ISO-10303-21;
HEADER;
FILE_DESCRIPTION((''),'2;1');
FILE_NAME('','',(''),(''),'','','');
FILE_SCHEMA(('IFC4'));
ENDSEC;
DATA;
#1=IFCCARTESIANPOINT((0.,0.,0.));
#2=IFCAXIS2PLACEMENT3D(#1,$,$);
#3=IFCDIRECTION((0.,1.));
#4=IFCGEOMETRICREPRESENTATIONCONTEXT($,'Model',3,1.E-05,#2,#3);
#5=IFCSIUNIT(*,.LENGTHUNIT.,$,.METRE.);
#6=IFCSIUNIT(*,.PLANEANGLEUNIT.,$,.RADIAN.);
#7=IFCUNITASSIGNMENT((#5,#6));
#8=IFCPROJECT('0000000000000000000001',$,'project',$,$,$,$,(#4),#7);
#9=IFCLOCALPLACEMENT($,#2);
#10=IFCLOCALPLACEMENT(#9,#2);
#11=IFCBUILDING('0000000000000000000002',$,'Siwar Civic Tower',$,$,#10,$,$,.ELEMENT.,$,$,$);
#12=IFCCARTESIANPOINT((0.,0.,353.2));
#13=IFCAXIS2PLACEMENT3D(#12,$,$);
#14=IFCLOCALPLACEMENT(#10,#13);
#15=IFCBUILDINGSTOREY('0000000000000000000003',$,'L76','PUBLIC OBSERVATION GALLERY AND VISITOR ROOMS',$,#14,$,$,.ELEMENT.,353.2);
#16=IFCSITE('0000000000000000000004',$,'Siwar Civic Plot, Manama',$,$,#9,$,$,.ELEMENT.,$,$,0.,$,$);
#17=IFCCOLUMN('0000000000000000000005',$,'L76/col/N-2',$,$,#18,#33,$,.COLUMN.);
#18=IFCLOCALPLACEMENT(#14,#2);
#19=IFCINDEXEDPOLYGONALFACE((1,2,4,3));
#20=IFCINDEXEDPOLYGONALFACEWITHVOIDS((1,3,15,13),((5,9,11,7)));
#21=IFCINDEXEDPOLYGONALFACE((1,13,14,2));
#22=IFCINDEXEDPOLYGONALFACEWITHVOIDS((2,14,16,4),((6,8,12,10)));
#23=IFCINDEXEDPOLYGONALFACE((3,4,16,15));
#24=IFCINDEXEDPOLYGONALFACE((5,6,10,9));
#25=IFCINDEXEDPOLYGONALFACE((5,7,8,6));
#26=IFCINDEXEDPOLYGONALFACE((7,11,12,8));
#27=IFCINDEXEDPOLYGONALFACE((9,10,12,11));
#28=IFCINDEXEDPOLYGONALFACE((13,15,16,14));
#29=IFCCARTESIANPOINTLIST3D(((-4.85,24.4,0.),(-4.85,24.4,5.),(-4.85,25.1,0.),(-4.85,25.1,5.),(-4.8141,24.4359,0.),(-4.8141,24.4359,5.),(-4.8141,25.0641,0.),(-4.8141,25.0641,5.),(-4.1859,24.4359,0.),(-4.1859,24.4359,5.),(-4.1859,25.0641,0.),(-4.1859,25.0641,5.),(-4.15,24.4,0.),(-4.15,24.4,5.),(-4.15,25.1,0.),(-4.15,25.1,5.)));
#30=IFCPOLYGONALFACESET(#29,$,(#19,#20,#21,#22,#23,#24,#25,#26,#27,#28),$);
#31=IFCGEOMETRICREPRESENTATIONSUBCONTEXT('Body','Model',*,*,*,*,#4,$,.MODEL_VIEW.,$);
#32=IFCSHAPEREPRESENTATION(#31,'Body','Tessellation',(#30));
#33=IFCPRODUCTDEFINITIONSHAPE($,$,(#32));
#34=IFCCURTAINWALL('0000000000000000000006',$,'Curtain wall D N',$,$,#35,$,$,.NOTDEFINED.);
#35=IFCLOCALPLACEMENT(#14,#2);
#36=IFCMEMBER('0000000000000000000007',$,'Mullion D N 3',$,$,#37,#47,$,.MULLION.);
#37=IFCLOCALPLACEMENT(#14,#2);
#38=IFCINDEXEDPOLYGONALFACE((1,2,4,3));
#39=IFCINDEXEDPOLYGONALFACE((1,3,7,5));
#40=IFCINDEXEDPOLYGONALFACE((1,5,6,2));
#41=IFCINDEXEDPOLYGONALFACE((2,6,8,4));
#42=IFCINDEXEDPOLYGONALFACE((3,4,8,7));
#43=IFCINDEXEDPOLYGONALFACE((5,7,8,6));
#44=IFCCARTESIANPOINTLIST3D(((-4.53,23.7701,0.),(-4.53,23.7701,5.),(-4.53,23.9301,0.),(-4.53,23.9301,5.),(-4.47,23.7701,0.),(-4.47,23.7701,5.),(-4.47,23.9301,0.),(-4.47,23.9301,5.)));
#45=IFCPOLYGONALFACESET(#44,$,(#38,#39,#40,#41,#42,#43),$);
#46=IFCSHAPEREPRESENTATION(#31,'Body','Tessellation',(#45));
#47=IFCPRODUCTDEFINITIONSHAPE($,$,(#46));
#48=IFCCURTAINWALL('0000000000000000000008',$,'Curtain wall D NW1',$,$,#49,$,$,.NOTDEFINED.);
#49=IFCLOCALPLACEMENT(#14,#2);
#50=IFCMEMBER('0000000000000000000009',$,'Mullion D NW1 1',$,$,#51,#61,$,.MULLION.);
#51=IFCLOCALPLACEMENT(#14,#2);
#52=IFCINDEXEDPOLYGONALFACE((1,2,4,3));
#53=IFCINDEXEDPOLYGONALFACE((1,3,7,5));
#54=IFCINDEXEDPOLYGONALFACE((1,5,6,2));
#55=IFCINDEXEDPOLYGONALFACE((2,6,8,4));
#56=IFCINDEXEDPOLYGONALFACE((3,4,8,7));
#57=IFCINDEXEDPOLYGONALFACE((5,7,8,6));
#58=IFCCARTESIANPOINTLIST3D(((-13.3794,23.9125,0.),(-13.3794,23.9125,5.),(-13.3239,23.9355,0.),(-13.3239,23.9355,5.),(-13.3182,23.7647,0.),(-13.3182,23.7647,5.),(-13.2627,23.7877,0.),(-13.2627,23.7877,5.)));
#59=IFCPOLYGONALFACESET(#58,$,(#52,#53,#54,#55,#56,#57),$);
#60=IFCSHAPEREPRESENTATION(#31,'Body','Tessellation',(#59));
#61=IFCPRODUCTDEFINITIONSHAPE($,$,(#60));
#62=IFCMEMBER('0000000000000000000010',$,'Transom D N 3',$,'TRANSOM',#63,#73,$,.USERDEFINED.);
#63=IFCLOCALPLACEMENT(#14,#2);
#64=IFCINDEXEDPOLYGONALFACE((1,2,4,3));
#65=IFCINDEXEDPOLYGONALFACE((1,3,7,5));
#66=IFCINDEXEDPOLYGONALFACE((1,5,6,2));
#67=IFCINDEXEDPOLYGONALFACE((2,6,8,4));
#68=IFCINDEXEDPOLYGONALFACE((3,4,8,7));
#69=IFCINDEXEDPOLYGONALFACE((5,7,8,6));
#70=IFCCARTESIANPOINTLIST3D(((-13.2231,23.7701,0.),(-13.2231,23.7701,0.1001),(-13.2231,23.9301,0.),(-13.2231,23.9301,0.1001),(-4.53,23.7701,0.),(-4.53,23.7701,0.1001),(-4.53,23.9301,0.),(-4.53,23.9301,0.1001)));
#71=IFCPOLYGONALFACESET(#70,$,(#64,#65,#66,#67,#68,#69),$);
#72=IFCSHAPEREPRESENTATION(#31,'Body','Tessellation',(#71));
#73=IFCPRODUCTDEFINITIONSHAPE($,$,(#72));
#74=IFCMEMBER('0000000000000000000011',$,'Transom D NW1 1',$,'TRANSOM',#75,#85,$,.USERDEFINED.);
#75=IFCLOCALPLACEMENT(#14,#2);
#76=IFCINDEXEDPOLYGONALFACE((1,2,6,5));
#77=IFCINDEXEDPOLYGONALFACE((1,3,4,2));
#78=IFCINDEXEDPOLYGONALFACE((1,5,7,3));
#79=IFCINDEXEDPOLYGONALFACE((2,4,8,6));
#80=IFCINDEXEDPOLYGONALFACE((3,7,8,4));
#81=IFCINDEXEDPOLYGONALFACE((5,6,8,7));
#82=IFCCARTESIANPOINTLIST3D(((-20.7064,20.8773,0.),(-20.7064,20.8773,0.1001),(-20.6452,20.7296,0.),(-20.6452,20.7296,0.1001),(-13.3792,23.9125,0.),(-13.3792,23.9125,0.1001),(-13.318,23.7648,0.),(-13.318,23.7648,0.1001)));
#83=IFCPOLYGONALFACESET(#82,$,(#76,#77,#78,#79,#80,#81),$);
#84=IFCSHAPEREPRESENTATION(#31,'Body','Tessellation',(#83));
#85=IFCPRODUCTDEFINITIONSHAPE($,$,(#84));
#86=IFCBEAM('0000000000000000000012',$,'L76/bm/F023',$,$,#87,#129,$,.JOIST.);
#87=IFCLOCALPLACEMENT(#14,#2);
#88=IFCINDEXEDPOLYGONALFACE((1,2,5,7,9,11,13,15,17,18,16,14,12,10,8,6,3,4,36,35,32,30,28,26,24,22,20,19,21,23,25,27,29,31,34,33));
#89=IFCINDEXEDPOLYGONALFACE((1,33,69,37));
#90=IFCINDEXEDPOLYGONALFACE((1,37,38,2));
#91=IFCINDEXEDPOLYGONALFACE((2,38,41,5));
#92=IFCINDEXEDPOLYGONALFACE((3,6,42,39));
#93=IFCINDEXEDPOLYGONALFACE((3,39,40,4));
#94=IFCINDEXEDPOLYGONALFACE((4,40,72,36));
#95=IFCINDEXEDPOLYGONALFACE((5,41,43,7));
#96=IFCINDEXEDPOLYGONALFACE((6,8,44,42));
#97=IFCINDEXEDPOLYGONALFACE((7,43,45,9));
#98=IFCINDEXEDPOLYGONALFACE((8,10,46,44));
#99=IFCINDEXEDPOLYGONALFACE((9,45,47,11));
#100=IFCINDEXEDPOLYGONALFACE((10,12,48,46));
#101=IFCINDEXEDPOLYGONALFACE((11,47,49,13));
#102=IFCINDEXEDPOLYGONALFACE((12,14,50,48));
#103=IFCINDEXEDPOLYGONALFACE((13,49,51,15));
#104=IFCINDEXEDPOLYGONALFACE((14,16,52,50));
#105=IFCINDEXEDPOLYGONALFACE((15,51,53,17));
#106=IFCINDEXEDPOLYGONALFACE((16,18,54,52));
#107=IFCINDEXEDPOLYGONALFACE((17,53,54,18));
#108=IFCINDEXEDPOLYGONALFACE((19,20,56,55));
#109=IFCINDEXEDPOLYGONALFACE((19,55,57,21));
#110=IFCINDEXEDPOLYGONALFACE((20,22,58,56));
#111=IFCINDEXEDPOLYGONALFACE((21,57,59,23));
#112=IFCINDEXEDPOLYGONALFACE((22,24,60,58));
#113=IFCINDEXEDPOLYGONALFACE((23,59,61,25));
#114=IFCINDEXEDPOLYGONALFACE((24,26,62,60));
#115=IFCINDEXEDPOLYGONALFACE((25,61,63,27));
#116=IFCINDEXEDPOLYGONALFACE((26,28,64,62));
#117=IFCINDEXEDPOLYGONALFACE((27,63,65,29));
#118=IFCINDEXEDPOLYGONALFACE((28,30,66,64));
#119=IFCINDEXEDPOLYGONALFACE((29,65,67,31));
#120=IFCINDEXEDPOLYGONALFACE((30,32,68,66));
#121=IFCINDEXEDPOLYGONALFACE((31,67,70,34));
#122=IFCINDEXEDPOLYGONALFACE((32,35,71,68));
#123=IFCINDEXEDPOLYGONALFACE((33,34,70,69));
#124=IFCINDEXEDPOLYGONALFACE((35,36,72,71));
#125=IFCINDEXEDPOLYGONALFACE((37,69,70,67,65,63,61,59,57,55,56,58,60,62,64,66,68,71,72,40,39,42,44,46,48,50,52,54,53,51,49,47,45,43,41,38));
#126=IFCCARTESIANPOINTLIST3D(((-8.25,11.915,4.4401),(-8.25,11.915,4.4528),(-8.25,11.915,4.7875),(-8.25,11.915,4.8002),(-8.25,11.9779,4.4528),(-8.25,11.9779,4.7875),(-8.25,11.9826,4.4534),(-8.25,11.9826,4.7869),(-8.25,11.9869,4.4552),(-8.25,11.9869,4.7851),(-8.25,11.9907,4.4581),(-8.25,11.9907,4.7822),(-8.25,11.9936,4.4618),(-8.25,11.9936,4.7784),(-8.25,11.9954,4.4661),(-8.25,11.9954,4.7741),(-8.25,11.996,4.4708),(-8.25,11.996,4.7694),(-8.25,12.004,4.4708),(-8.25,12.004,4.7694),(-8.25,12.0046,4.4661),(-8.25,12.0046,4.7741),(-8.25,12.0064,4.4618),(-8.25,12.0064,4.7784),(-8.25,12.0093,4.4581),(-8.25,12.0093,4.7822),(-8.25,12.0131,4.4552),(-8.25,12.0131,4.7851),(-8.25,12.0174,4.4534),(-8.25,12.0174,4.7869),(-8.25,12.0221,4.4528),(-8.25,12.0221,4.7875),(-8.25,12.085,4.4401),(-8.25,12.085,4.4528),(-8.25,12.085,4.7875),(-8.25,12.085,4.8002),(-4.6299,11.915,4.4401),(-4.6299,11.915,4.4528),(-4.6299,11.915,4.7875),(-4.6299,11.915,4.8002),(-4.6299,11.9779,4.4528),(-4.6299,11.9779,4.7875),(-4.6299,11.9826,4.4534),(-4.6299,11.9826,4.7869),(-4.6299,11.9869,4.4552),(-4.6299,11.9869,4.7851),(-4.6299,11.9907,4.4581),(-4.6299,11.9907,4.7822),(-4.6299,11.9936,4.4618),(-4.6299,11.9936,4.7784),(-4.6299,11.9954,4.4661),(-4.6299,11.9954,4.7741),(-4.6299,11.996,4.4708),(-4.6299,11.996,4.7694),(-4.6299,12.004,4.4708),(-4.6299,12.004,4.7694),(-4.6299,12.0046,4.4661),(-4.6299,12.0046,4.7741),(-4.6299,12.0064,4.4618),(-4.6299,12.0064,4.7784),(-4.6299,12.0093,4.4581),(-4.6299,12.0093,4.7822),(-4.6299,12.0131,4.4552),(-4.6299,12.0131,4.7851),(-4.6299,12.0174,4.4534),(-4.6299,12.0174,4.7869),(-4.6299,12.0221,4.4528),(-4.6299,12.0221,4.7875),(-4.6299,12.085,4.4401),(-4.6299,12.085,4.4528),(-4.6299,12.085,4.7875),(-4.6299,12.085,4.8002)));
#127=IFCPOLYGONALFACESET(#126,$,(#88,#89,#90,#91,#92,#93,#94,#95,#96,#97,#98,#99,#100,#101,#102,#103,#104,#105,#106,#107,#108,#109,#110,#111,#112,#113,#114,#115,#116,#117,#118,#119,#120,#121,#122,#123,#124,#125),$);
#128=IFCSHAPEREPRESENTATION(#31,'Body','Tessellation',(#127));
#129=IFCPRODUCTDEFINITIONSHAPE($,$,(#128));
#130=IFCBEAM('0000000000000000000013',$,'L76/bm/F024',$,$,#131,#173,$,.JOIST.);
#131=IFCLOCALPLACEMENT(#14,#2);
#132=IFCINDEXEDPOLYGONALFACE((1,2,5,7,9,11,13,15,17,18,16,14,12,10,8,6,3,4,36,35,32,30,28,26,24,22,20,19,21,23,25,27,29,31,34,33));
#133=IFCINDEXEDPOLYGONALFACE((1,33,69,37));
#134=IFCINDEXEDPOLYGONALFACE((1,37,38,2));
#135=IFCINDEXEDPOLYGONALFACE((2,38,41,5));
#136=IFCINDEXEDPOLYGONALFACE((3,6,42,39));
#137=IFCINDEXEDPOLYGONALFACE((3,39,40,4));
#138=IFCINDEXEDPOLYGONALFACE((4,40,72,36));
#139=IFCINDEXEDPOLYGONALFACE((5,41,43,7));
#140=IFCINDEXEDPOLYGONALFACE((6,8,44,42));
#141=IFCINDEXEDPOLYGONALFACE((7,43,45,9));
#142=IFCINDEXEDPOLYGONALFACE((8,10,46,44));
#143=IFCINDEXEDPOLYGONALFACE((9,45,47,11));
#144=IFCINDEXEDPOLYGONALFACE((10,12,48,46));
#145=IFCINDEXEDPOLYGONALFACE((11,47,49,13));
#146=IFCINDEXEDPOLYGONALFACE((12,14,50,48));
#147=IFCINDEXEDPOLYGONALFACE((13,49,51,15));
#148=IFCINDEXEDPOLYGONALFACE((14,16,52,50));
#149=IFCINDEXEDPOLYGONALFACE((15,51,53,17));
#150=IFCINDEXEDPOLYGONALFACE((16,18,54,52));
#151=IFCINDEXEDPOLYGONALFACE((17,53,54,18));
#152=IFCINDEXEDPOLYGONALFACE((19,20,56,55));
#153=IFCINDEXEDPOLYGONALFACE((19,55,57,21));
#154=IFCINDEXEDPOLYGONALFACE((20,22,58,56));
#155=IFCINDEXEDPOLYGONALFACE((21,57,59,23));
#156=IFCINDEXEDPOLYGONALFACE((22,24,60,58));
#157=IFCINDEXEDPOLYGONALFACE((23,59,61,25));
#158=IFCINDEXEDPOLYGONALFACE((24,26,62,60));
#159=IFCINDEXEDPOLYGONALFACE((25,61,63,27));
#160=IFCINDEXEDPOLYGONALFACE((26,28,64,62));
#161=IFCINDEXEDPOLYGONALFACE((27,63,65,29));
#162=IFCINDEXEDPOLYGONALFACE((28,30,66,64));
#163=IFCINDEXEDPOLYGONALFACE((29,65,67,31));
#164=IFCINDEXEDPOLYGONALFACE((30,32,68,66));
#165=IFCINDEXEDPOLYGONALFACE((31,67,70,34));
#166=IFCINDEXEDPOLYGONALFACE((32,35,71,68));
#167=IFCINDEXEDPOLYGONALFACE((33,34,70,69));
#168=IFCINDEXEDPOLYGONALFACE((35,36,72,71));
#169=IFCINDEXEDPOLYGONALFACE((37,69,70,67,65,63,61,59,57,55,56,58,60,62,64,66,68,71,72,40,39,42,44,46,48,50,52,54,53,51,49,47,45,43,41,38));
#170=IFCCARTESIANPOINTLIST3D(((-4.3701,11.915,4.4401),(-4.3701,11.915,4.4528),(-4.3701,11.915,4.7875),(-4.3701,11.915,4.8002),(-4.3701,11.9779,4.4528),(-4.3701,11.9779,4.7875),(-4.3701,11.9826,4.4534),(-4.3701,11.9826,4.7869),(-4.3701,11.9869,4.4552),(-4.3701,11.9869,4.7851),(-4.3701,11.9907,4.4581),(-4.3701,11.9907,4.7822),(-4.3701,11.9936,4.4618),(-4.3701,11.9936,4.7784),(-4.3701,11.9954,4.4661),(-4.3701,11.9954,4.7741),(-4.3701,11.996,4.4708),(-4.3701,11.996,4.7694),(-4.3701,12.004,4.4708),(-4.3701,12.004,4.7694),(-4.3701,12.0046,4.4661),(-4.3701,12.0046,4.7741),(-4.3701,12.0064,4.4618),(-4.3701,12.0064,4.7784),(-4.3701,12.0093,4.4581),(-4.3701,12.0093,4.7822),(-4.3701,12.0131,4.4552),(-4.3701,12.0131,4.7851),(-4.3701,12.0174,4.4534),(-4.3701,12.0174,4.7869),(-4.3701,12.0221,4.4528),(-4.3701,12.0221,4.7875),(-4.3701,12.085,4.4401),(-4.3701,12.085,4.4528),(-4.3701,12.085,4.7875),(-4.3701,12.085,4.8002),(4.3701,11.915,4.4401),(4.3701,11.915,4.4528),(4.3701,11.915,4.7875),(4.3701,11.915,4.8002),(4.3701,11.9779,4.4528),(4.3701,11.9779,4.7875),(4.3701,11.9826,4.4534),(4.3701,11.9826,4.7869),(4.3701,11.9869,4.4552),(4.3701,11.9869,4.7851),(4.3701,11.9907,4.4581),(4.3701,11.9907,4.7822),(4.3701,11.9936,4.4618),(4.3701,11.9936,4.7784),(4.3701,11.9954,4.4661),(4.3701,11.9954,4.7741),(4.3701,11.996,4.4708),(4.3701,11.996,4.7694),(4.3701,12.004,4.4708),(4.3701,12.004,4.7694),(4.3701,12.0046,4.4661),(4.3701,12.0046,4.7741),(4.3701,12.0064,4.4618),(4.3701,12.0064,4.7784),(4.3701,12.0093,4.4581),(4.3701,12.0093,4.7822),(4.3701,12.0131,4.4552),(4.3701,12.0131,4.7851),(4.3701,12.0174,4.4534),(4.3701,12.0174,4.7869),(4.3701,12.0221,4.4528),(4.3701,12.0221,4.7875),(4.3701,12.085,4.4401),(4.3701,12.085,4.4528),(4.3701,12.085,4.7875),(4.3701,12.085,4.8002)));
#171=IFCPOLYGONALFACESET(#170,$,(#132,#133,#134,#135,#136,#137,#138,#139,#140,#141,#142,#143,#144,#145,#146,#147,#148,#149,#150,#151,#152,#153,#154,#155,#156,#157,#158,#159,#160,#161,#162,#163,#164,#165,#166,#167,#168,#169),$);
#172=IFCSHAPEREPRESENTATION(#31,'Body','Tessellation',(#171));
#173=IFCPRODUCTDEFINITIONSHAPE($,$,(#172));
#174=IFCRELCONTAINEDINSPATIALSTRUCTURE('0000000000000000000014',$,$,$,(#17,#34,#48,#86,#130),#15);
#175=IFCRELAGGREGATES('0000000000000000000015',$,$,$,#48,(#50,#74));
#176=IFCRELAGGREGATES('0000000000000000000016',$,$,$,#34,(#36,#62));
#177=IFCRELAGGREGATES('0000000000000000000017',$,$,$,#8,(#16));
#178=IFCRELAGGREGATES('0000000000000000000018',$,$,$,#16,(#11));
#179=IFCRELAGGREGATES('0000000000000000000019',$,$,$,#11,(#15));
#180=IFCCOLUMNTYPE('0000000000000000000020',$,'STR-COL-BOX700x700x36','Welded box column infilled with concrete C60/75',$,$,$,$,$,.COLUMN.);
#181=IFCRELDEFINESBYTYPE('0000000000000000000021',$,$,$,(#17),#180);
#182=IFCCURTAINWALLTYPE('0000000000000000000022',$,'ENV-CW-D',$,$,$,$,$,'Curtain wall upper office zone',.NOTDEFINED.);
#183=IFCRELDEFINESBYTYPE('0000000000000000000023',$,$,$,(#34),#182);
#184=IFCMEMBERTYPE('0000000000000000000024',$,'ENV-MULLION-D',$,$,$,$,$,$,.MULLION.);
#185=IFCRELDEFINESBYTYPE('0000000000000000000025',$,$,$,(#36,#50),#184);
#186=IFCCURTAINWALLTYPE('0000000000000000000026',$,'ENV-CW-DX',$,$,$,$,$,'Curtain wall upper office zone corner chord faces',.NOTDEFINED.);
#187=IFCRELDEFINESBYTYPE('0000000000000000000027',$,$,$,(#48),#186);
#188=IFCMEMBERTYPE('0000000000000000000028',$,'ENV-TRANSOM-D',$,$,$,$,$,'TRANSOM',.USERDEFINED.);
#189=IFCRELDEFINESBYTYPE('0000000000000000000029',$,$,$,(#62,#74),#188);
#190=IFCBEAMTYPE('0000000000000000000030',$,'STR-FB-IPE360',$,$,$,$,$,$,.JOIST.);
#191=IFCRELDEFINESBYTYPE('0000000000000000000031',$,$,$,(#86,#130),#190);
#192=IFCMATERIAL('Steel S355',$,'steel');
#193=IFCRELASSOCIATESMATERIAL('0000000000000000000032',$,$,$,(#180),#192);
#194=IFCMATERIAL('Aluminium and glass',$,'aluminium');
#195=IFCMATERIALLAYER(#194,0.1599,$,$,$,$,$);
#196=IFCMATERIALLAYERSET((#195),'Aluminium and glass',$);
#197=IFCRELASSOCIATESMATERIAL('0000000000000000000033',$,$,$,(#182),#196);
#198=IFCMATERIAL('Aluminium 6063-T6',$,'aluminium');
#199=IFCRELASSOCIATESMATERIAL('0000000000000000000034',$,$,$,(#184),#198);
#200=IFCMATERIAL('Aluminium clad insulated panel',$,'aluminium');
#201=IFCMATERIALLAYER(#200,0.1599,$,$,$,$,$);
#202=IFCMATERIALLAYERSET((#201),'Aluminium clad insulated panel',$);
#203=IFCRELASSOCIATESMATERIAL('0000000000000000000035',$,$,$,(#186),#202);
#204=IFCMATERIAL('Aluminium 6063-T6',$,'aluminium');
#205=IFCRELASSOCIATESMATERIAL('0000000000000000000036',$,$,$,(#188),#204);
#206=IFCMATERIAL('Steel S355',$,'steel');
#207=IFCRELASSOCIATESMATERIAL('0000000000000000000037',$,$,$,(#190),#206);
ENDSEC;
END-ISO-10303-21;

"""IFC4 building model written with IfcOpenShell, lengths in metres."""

from ifc_helpers import new_model, si_unit, direction, frame, origin, origin_2d, place, context, subcontext, project, spatial, rectangle, hollow_rectangle, i_section, extrude, material, layer, layer_set, material_profile, profile_set, type_object, element, aggregate, save


model = new_model("IFC4")

# Units and contexts
model_context = context("Model", 3, precision=1e-05, world=origin(), true_north=direction((0.0, 1.0)))
body_context = subcontext(model_context, "Body", "Model", "MODEL_VIEW")
ifc_project = project(units=[si_unit("LENGTHUNIT", "METRE"), si_unit("PLANEANGLEUNIT", "RADIAN")], contexts=[model_context])

# Site, building, storey
site_placement = place(None, origin())
site = spatial("IfcSite", under=ifc_project, at=site_placement, Name="Siwar Civic Plot, Manama", CompositionType="ELEMENT", RefElevation=0.0)
building_placement = place(site_placement, origin())
building = spatial("IfcBuilding", under=site, at=building_placement, Name="Siwar Civic Tower", CompositionType="ELEMENT")
storey_placement = place(building_placement, frame((0.0, 0.0, 353.2)))
storey = spatial("IfcBuildingStorey", under=building, at=storey_placement, Name="L76", Description="PUBLIC OBSERVATION GALLERY AND VISITOR ROOMS", CompositionType="ELEMENT", Elevation=353.2)

# Column
ifc_material_1 = material(Name="Steel S355", Category="steel")
ifc_material_profile_1 = material_profile(ifc_material_1, hollow_rectangle(XDim=0.7, YDim=0.7, WallThickness=0.0359, at=origin_2d()), Name="BOX700x700x36")
ifc_profile_set_1 = profile_set([ifc_material_profile_1], Name="Steel S355")
column_type = type_object("IfcColumnType", Name="STR-COL-BOX700x700x36", Description="Welded box column infilled with concrete C60/75", PredefinedType="COLUMN", material=ifc_profile_set_1)
column_placement = place(storey_placement, frame((-4.5, 24.75, 0.0), z_axis=(0.0, 0.0, 1.0), x_axis=(1.0, 0.0, 0.0)))
element("IfcColumn", 1, at=column_placement, inside=storey, type_object=column_type, Name="L76/col/N-2", PredefinedType="COLUMN", context=body_context, shape_type="SweptSolid", body=[
    extrude(hollow_rectangle(XDim=0.7, YDim=0.7, WallThickness=0.0359, at=origin_2d()), origin(), (0.0, 0.0, 1.0), 5.0),
])

# Curtain walls, members
ifc_material_2 = material(Name="Aluminium and glass", Category="aluminium")
ifc_layer_1 = layer(ifc_material_2, 0.1599)
ifc_layer_set_1 = layer_set([ifc_layer_1], Name="Aluminium and glass")
curtain_wall_type_1 = type_object("IfcCurtainWallType", Name="ENV-CW-D", ElementType="Curtain wall upper office zone", PredefinedType="NOTDEFINED", material=ifc_layer_set_1)
curtain_wall_1_placement = place(storey_placement, origin())
curtain_wall_1 = element("IfcCurtainWall", 2, at=curtain_wall_1_placement, inside=storey, type_object=curtain_wall_type_1, Name="Curtain wall D N", PredefinedType="NOTDEFINED")
ifc_material_3 = material(Name="Aluminium 6063-T6", Category="aluminium")
ifc_material_profile_2 = material_profile(ifc_material_3, rectangle(XDim=0.1599, YDim=0.0601, at=origin_2d()), Name="AL 160x60")
ifc_profile_set_2 = profile_set([ifc_material_profile_2], Name="Aluminium 6063-T6")
member_type_1 = type_object("IfcMemberType", Name="ENV-MULLION-D", PredefinedType="MULLION", material=ifc_profile_set_2)
member_1_placement = place(storey_placement, frame((-4.5, 23.8501, 0.0), z_axis=(0.0, 0.0, 1.0), x_axis=(0.0, -1.0, 0.0)))
member_1 = element("IfcMember", 3, at=member_1_placement, type_object=member_type_1, Name="Mullion D N 3", PredefinedType="MULLION", context=body_context, shape_type="SweptSolid", body=[
    extrude(rectangle(XDim=0.1599, YDim=0.0601, at=origin_2d()), origin(), (0.0, 0.0, 1.0), 5.0),
])
ifc_material_4 = material(Name="Aluminium clad insulated panel", Category="aluminium")
ifc_layer_2 = layer(ifc_material_4, 0.1599)
ifc_layer_set_2 = layer_set([ifc_layer_2], Name="Aluminium clad insulated panel")
curtain_wall_type_2 = type_object("IfcCurtainWallType", Name="ENV-CW-DX", ElementType="Curtain wall upper office zone corner chord faces", PredefinedType="NOTDEFINED", material=ifc_layer_set_2)
curtain_wall_2_placement = place(storey_placement, origin())
curtain_wall_2 = element("IfcCurtainWall", 4, at=curtain_wall_2_placement, inside=storey, type_object=curtain_wall_type_2, Name="Curtain wall D NW1", PredefinedType="NOTDEFINED")
member_2_placement = place(storey_placement, frame((-13.321, 23.8501, 0.0), z_axis=(0.0, 0.0, 1.0), x_axis=(0.382683, -0.92388, 0.0)))
member_2 = element("IfcMember", 5, at=member_2_placement, type_object=member_type_1, Name="Mullion D NW1 1", PredefinedType="MULLION", context=body_context, shape_type="SweptSolid", body=[
    extrude(rectangle(XDim=0.1599, YDim=0.0601, at=origin_2d()), origin(), (0.0, 0.0, 1.0), 5.0),
])

# Members
ifc_material_5 = material(Name="Aluminium 6063-T6", Category="aluminium")
ifc_material_profile_3 = material_profile(ifc_material_5, rectangle(XDim=0.1599, YDim=0.1001, at=origin_2d()), Name="AL 160x100")
ifc_profile_set_3 = profile_set([ifc_material_profile_3], Name="Aluminium 6063-T6")
member_type_2 = type_object("IfcMemberType", Name="ENV-TRANSOM-D", ElementType="TRANSOM", PredefinedType="USERDEFINED", material=ifc_profile_set_3)
member_3_placement = place(storey_placement, frame((-4.53, 23.8501, 0.05), z_axis=(-1.0, 0.0, 0.0), x_axis=(0.0, -1.0, 0.0)))
member_3 = element("IfcMember", 6, at=member_3_placement, type_object=member_type_2, Name="Transom D N 3", ObjectType="TRANSOM", PredefinedType="USERDEFINED", context=body_context, shape_type="SweptSolid", body=[
    extrude(rectangle(XDim=0.1599, YDim=0.1001, at=origin_2d()), origin(), (0.0, 0.0, 1.0), 8.6931),
])
member_4_placement = place(storey_placement, frame((-13.3486, 23.8386, 0.05), z_axis=(-0.923873, -0.3827, 0.0), x_axis=(0.3827, -0.923873, 0.0)))
member_4 = element("IfcMember", 7, at=member_4_placement, type_object=member_type_2, Name="Transom D NW1 1", ObjectType="TRANSOM", PredefinedType="USERDEFINED", context=body_context, shape_type="SweptSolid", body=[
    extrude(rectangle(XDim=0.1599, YDim=0.1001, at=origin_2d()), origin(), (0.0, 0.0, 1.0), 7.9309),
])
aggregate(curtain_wall_2, [member_2, member_4])

# Beams
ifc_material_6 = material(Name="Steel S355", Category="steel")
ifc_material_profile_4 = material_profile(ifc_material_6, i_section(OverallWidth=0.1699, OverallDepth=0.3601, WebThickness=0.0081, FlangeThickness=0.0127, FilletRadius=0.0181, at=origin_2d()), Name="IPE360")
ifc_profile_set_4 = profile_set([ifc_material_profile_4], Name="Steel S355")
beam_type_1 = type_object("IfcBeamType", Name="STR-FB-IPE360", PredefinedType="JOIST", material=ifc_profile_set_4)
beam_1_placement = place(storey_placement, frame((-8.25, 12.0, 4.6201), z_axis=(1.0, 0.0, 0.0), x_axis=(0.0, 1.0, 0.0)))
element("IfcBeam", 8, at=beam_1_placement, inside=storey, type_object=beam_type_1, Name="L76/bm/F023", PredefinedType="JOIST", context=body_context, shape_type="SweptSolid", body=[
    extrude(i_section(OverallWidth=0.1699, OverallDepth=0.3601, WebThickness=0.0081, FlangeThickness=0.0127, FilletRadius=0.0181, at=origin_2d()), origin(), (0.0, 0.0, 1.0), 3.6201),
])
for number, where, z_axis, x_axis, name in (
    (9, (-4.3701, 12.0, 4.6201), (1.0, 0.0, 0.0), (0.0, 1.0, 0.0), "L76/bm/F024"),
):
    element("IfcBeam", number, at=place(storey_placement, frame(where, z_axis=z_axis, x_axis=x_axis)), inside=storey, type_object=beam_type_1, Name=name, PredefinedType="JOIST", context=body_context, shape_type="SweptSolid", body=[
        extrude(i_section(OverallWidth=0.1699, OverallDepth=0.3601, WebThickness=0.0081, FlangeThickness=0.0127, FilletRadius=0.0181, at=origin_2d()), origin(), (0.0, 0.0, 1.0), 8.7402),
    ])

aggregate(curtain_wall_1, [member_1, member_3])

save(model, "model.ifc")
